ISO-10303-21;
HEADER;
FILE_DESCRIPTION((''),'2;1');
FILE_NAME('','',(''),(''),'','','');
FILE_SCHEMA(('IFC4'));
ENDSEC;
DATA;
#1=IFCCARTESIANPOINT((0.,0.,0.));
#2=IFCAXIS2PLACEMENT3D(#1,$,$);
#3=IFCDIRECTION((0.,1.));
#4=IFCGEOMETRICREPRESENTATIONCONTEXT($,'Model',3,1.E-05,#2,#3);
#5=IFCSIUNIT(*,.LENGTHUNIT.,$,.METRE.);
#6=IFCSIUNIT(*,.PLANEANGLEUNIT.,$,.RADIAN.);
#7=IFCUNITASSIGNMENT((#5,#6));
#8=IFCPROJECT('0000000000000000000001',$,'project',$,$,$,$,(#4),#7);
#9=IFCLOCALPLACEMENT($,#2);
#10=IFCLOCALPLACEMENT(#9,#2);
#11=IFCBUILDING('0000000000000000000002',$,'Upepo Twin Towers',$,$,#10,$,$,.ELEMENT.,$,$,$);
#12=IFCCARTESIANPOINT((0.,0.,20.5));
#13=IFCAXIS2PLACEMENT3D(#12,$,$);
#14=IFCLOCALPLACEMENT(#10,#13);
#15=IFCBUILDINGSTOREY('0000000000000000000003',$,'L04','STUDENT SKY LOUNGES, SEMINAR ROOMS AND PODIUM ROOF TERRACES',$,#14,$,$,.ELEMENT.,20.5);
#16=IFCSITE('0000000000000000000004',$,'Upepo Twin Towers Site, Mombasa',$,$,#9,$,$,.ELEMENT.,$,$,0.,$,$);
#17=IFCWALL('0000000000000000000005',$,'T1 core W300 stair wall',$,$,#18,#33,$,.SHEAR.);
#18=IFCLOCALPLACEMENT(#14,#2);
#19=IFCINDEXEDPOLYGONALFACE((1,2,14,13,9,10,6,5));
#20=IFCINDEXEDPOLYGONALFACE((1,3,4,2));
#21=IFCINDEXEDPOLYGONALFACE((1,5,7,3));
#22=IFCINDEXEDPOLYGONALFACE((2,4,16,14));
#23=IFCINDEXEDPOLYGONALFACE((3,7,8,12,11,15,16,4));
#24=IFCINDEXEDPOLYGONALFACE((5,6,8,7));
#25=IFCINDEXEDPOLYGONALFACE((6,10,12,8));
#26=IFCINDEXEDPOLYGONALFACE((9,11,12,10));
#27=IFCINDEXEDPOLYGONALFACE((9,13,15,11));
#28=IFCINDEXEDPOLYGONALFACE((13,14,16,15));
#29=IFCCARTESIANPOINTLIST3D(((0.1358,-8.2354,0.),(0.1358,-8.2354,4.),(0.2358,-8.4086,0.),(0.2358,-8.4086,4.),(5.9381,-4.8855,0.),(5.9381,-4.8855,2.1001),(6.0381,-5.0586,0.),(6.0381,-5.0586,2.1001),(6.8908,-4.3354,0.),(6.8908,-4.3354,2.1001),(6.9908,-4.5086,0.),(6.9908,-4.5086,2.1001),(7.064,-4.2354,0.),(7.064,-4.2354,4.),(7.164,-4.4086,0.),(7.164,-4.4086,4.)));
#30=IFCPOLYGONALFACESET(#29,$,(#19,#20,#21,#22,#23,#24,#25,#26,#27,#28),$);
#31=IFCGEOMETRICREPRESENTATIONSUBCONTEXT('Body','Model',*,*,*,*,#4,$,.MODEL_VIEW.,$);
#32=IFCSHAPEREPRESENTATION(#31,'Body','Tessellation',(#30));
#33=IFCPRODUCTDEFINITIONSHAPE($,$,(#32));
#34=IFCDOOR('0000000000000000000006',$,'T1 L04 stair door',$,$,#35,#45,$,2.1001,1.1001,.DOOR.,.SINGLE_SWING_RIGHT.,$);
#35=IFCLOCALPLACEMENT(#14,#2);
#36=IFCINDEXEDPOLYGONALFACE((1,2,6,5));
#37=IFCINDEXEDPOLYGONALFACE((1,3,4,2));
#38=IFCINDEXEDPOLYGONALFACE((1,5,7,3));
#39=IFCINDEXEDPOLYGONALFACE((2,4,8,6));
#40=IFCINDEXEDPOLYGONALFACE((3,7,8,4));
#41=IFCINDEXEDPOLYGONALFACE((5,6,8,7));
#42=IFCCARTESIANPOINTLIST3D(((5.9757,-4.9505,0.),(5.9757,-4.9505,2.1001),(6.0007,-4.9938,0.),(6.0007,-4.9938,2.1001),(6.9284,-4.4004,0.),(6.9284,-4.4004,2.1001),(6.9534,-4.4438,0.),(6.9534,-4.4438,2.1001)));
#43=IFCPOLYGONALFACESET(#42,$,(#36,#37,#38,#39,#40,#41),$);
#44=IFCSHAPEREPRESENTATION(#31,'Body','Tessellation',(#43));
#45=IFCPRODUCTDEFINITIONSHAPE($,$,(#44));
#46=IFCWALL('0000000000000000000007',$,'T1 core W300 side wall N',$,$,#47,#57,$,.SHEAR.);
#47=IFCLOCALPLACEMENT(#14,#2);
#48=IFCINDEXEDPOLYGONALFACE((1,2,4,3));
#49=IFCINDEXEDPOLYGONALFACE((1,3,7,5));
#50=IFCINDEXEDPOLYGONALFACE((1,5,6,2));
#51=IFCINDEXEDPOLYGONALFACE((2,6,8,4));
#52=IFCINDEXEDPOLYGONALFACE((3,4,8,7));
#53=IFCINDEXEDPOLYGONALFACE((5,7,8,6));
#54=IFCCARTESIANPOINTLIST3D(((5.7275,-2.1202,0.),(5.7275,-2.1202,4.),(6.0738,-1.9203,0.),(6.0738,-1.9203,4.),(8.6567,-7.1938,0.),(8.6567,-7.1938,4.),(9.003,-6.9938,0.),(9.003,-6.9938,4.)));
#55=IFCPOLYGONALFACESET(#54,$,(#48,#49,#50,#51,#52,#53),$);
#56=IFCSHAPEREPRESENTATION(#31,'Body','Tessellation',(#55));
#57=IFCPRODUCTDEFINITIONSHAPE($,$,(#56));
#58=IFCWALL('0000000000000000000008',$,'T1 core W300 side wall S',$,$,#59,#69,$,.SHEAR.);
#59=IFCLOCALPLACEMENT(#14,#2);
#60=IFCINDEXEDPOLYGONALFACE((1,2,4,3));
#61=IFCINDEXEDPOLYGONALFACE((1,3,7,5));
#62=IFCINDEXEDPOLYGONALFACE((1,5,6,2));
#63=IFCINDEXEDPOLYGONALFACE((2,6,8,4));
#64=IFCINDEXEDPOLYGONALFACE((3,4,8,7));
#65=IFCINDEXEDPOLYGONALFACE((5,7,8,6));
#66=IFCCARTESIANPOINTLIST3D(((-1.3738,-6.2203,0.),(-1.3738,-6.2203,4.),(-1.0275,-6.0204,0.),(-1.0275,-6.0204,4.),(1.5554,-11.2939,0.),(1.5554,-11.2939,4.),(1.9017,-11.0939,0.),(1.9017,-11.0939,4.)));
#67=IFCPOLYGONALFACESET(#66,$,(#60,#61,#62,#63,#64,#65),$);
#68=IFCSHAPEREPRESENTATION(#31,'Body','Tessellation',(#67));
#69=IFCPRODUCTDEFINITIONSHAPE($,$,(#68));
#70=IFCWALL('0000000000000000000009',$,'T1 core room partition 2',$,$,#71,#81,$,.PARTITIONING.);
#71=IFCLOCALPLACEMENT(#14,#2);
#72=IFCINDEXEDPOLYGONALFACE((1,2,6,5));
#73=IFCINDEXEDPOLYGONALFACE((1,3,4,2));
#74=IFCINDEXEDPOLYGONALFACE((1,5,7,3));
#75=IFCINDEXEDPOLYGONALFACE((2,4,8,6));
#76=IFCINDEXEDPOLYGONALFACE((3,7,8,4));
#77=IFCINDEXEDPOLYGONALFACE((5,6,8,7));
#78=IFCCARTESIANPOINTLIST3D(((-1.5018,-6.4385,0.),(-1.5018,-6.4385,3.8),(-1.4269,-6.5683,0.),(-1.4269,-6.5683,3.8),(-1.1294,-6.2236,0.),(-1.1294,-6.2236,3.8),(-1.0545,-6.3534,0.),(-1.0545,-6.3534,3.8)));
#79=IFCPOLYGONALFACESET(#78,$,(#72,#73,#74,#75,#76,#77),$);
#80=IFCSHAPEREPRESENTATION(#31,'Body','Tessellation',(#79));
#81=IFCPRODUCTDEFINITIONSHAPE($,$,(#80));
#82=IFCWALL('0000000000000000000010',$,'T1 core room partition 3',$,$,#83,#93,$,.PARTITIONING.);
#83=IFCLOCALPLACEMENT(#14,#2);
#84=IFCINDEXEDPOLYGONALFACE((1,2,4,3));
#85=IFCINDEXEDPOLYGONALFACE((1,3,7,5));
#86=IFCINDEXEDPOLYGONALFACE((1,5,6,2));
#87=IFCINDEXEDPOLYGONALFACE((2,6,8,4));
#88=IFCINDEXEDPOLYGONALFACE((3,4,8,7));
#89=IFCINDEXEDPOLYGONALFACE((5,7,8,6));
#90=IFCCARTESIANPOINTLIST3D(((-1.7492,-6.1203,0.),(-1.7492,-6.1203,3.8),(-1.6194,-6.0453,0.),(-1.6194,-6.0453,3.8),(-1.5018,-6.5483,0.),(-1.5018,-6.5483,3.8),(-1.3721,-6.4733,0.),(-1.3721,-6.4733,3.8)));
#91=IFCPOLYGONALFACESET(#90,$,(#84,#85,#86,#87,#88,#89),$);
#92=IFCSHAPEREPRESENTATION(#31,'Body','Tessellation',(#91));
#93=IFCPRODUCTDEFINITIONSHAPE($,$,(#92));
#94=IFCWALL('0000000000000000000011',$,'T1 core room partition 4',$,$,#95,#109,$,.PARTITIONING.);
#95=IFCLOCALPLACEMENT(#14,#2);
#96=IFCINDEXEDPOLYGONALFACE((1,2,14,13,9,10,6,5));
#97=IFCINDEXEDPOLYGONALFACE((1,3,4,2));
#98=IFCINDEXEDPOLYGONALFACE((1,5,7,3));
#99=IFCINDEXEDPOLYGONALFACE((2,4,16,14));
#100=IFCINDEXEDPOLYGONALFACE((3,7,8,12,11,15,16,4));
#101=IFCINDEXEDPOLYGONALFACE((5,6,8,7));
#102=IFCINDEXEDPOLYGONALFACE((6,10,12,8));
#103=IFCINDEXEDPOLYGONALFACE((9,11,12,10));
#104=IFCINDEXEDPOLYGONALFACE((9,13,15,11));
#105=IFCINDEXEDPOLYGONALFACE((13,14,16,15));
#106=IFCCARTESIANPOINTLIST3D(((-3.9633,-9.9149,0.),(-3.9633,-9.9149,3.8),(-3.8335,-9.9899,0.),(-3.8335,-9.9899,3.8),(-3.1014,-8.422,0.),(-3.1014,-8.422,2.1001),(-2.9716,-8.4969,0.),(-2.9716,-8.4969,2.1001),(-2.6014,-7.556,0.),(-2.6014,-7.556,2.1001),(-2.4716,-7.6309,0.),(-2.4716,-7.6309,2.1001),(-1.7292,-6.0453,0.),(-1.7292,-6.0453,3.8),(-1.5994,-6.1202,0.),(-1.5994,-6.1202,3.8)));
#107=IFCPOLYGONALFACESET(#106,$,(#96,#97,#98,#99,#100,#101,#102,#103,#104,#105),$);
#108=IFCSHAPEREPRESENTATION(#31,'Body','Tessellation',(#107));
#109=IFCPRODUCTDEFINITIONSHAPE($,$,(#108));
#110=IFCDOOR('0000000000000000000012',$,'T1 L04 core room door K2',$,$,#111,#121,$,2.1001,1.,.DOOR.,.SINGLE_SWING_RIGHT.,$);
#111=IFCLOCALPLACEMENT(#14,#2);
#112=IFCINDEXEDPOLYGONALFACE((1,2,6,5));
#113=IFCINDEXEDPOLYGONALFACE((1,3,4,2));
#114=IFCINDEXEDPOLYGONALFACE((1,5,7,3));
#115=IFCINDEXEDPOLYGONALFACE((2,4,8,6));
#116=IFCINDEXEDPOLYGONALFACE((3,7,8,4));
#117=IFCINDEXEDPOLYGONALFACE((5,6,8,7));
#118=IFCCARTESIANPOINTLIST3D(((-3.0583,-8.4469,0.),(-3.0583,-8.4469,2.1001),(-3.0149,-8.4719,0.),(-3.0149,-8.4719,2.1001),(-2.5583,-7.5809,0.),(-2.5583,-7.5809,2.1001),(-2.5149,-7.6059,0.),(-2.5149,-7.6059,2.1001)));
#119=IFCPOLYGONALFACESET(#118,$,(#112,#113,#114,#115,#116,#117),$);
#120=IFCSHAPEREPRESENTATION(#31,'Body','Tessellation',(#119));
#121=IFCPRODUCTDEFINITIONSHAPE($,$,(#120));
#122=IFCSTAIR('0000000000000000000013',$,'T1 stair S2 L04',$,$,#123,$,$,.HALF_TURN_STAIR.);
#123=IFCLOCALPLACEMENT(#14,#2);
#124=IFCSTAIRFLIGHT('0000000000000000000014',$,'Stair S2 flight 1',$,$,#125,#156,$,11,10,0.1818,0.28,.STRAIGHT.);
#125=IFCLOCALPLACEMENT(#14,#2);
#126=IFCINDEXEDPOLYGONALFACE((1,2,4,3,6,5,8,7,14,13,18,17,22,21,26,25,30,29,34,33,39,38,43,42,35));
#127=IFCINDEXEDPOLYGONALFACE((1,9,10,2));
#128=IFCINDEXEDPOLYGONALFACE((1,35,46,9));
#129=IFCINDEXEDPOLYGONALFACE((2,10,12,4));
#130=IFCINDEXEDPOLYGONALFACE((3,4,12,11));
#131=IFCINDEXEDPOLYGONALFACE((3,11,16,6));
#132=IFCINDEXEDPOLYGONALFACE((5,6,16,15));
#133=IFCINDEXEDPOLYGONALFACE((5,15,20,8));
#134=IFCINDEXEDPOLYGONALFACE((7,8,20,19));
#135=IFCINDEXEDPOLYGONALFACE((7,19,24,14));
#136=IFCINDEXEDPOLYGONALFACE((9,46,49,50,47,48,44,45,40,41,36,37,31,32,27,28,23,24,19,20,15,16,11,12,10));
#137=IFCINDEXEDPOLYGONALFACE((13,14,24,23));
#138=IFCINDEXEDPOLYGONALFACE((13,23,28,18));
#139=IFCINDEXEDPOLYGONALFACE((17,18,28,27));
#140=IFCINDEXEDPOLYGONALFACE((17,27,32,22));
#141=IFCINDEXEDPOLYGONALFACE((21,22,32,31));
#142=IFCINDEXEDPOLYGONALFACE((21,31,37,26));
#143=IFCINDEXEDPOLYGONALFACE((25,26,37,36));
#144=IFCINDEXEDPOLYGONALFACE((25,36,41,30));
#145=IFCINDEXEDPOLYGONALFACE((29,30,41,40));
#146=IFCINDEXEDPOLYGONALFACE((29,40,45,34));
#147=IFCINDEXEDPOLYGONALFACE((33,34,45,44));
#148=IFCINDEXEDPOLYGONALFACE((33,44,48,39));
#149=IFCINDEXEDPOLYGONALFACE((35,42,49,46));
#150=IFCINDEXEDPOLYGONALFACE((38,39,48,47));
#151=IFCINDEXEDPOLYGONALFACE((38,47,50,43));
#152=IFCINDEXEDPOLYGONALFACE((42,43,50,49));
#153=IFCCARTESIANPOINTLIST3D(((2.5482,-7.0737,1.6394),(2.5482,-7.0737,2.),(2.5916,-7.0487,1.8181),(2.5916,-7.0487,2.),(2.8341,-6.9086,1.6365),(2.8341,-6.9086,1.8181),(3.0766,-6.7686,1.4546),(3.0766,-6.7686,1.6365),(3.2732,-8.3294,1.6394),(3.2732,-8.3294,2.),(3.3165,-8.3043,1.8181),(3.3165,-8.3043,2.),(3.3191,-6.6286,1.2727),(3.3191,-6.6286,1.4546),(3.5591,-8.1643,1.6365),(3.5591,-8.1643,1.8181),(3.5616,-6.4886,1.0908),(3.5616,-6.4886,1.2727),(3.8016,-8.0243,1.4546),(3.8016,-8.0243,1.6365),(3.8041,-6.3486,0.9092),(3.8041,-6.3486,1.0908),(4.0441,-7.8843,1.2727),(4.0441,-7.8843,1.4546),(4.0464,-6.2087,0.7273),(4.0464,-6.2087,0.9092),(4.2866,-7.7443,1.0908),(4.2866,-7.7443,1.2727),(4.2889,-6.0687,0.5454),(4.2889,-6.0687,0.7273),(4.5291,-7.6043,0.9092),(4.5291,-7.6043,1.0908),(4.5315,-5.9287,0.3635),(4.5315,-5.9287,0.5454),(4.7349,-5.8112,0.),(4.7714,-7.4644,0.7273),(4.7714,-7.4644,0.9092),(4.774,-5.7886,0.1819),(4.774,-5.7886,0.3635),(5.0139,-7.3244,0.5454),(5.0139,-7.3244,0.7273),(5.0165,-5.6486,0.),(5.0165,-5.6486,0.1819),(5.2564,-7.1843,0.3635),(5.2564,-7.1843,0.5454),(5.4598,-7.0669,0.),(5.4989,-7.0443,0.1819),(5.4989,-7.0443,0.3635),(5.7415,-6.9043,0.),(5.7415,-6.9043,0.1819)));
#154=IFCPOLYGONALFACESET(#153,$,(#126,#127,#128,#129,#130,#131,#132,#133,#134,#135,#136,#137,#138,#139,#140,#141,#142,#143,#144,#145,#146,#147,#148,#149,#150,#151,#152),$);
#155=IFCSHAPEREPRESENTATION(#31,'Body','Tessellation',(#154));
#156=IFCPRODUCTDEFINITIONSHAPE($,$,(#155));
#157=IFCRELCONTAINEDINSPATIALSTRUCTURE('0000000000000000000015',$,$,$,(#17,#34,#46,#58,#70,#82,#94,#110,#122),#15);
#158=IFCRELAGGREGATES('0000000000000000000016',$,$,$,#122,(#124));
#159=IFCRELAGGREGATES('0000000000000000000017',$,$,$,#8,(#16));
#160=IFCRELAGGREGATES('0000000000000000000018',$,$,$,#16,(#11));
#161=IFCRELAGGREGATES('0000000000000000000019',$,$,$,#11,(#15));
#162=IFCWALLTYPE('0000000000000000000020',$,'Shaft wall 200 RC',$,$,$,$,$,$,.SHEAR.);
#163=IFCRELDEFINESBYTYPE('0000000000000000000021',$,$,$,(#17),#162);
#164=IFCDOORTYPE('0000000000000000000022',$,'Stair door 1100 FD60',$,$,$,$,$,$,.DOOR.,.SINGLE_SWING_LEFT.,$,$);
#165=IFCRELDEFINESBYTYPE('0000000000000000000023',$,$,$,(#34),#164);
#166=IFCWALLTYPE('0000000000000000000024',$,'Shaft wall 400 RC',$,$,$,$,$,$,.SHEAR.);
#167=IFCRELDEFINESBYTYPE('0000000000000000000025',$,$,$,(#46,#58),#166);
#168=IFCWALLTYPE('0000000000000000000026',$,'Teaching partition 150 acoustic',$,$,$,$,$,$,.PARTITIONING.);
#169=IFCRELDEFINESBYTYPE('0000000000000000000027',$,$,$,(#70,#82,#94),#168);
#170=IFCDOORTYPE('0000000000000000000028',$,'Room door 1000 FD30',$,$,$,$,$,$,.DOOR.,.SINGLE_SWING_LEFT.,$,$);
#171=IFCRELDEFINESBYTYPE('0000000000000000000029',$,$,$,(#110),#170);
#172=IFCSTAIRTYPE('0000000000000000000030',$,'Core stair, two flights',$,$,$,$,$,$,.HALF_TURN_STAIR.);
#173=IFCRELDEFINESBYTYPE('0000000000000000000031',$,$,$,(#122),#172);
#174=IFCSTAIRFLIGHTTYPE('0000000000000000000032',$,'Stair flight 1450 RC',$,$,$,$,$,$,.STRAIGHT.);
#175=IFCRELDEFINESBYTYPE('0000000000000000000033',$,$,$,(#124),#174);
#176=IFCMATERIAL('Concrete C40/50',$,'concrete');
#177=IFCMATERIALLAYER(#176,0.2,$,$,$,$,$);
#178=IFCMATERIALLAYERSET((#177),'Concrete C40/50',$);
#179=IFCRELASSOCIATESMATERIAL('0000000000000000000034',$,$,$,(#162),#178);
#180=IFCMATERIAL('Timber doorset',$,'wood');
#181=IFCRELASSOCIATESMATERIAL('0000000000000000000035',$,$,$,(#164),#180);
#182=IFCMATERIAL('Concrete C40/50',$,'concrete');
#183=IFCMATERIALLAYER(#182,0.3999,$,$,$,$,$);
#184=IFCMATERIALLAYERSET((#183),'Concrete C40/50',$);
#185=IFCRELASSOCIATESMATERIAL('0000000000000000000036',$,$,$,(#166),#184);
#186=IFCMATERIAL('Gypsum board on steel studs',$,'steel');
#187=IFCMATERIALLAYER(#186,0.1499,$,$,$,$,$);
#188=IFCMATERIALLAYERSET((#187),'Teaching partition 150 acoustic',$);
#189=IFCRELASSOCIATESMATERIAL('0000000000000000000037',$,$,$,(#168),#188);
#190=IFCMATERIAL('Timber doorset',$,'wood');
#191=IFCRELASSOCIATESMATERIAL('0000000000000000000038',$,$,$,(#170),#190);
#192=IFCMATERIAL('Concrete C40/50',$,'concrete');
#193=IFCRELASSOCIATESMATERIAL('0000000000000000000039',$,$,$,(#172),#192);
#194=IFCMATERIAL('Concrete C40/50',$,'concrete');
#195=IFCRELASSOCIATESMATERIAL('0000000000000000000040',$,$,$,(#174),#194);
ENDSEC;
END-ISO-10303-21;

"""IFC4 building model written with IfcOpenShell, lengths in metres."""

from ifc_helpers import new_model, si_unit, direction, frame, frame_2d, origin, place, context, subcontext, project, spatial, polyline, rectangle, outline, extrude, material, layer, layer_set, type_object, element, fill, aggregate, save


model = new_model("IFC4")

# Units and contexts
model_context = context("Model", 3, precision=1e-05, world=origin(), true_north=direction((0.0, 1.0)))
body_context = subcontext(model_context, "Body", "Model", "MODEL_VIEW")
ifc_project = project(units=[si_unit("LENGTHUNIT", "METRE"), si_unit("PLANEANGLEUNIT", "RADIAN")], contexts=[model_context])

# Site, building, storey
site_placement = place(None, origin())
site = spatial("IfcSite", under=ifc_project, at=site_placement, Name="Upepo Twin Towers Site, Mombasa", CompositionType="ELEMENT", RefElevation=0.0)
building_placement = place(site_placement, origin())
building = spatial("IfcBuilding", under=site, at=building_placement, Name="Upepo Twin Towers", CompositionType="ELEMENT")
storey_placement = place(building_placement, frame((0.0, 0.0, 20.5)))
storey = spatial("IfcBuildingStorey", under=building, at=storey_placement, Name="L04", Description="STUDENT SKY LOUNGES, SEMINAR ROOMS AND PODIUM ROOF TERRACES", CompositionType="ELEMENT", Elevation=20.5)

# Shared definitions
ifc_material_1 = material(Name="Concrete C40/50", Category="concrete")
ifc_layer_1 = layer(ifc_material_1, 0.2)
ifc_layer_set_1 = layer_set([ifc_layer_1], Name="Concrete C40/50")
wall_type_1 = type_object("IfcWallType", Name="Shaft wall 200 RC", PredefinedType="SHEAR", material=ifc_layer_set_1)

# Wall, opening, door
wall_1_placement = place(storey_placement, frame((0.1858, -8.322, 0.0), z_axis=(0.0, 0.0, 1.0), x_axis=(0.866026, 0.499999, 0.0)))
wall_1 = element("IfcWall", 1, at=wall_1_placement, inside=storey, type_object=wall_type_1, Name="T1 core W300 stair wall", PredefinedType="SHEAR", context=body_context, shape_type="SweptSolid", body=[
    extrude(rectangle(XDim=8.0, YDim=0.2, at=frame_2d((4.0, 0.0))), origin(), (0.0, 0.0, 1.0), 4.0),
])
opening_1_placement = place(wall_1_placement, frame((6.7, 0.0, 0.0)))
opening_1 = element("IfcOpeningElement", 2, at=opening_1_placement, cuts=wall_1, PredefinedType="OPENING", context=body_context, shape_type="SweptSolid", body=[
    extrude(rectangle(XDim=1.1001, YDim=2.1001, at=frame_2d((0.55, 1.05))), frame((0.0, 0.1099, 0.0), z_axis=(0.0, -1.0, 0.0), x_axis=(1.0, 0.0, 0.0)), (0.0, 0.0, 1.0), 0.22),
])
ifc_material_2 = material(Name="Timber doorset", Category="wood")
door_type_1 = type_object("IfcDoorType", Name="Stair door 1100 FD60", OperationType="SINGLE_SWING_LEFT", PredefinedType="DOOR", material=ifc_material_2)
door_1_placement = place(opening_1_placement, origin())
door_1 = element("IfcDoor", 3, at=door_1_placement, inside=storey, type_object=door_type_1, Name="T1 L04 stair door", OperationType="SINGLE_SWING_RIGHT", OverallHeight=2.1001, OverallWidth=1.1001, PredefinedType="DOOR", context=body_context, shape_type="SweptSolid", body=[
    extrude(rectangle(XDim=1.1001, YDim=2.1001, at=frame_2d((0.55, 1.05))), frame((0.0, 0.0249, 0.0), z_axis=(0.0, -1.0, 0.0), x_axis=(1.0, 0.0, 0.0)), (0.0, 0.0, 1.0), 0.05),
])
fill(opening_1, door_1)

# Walls
ifc_material_3 = material(Name="Concrete C40/50", Category="concrete")
ifc_layer_2 = layer(ifc_material_3, 0.3999)
ifc_layer_set_2 = layer_set([ifc_layer_2], Name="Concrete C40/50")
wall_type_2 = type_object("IfcWallType", Name="Shaft wall 400 RC", PredefinedType="SHEAR", material=ifc_layer_set_2)
for number, where, z_axis, x_axis, name in (
    (4, (5.9006, -2.0203, 0.0), (0.0, 0.0, 1.0), (0.500003, -0.866024, 0.0), "T1 core W300 side wall N"),
    (5, (-1.2007, -6.1204, 0.0), (0.0, 0.0, 1.0), (0.500003, -0.866024, 0.0), "T1 core W300 side wall S"),
):
    element("IfcWall", number, at=place(storey_placement, frame(where, z_axis=z_axis, x_axis=x_axis)), inside=storey, type_object=wall_type_2, Name=name, PredefinedType="SHEAR", context=body_context, shape_type="SweptSolid", body=[
        extrude(rectangle(XDim=5.8584, YDim=0.3999, at=frame_2d((2.9292, 0.0))), origin(), (0.0, 0.0, 1.0), 4.0),
    ])
ifc_material_4 = material(Name="Gypsum board on steel studs", Category="steel")
ifc_layer_3 = layer(ifc_material_4, 0.1499)
ifc_layer_set_3 = layer_set([ifc_layer_3], Name="Teaching partition 150 acoustic")
wall_type_3 = type_object("IfcWallType", Name="Teaching partition 150 acoustic", PredefinedType="PARTITIONING", material=ifc_layer_set_3)
wall_2_placement = place(storey_placement, frame((-1.092, -6.2886, 0.0), z_axis=(0.0, 0.0, 1.0), x_axis=(-0.866138, -0.499804, 0.0)))
element("IfcWall", 6, at=wall_2_placement, inside=storey, type_object=wall_type_3, Name="T1 core room partition 2", PredefinedType="PARTITIONING", context=body_context, shape_type="SweptSolid", body=[
    extrude(rectangle(XDim=0.4299, YDim=0.1499, at=frame_2d((0.2148, 0.0))), origin(), (0.0, 0.0, 1.0), 3.8),
])
wall_3_placement = place(storey_placement, frame((-1.437, -6.5107, 0.0), z_axis=(0.0, 0.0, 1.0), x_axis=(-0.500335, 0.865832, 0.0)))
element("IfcWall", 7, at=wall_3_placement, inside=storey, type_object=wall_type_3, Name="T1 core room partition 3", PredefinedType="PARTITIONING", context=body_context, shape_type="SweptSolid", body=[
    extrude(rectangle(XDim=0.4944, YDim=0.1499, at=frame_2d((0.2471, 0.0))), origin(), (0.0, 0.0, 1.0), 3.8),
])

# Wall, opening, door
wall_4_placement = place(storey_placement, frame((-1.6643, -6.0828, 0.0), z_axis=(0.0, 0.0, 1.0), x_axis=(-0.5, -0.866025, 0.0)))
wall_4 = element("IfcWall", 8, at=wall_4_placement, inside=storey, type_object=wall_type_3, Name="T1 core room partition 4", PredefinedType="PARTITIONING", context=body_context, shape_type="SweptSolid", body=[
    extrude(rectangle(XDim=4.4683, YDim=0.1499, at=frame_2d((2.2341, 0.0))), origin(), (0.0, 0.0, 1.0), 3.8),
])
opening_2_placement = place(wall_4_placement, frame((1.7444, 0.0, 0.0)))
opening_2 = element("IfcOpeningElement", 9, at=opening_2_placement, cuts=wall_4, PredefinedType="OPENING", context=body_context, shape_type="SweptSolid", body=[
    extrude(rectangle(XDim=1.0, YDim=2.1001, at=frame_2d((0.5, 1.05))), frame((0.0, 0.085, 0.0), z_axis=(0.0, -1.0, 0.0), x_axis=(1.0, 0.0, 0.0)), (0.0, 0.0, 1.0), 0.1699),
])
ifc_material_5 = material(Name="Timber doorset", Category="wood")
door_type_2 = type_object("IfcDoorType", Name="Room door 1000 FD30", OperationType="SINGLE_SWING_LEFT", PredefinedType="DOOR", material=ifc_material_5)
door_2_placement = place(opening_2_placement, origin())
door_2 = element("IfcDoor", 10, at=door_2_placement, inside=storey, type_object=door_type_2, Name="T1 L04 core room door K2", OperationType="SINGLE_SWING_RIGHT", OverallHeight=2.1001, OverallWidth=1.0, PredefinedType="DOOR", context=body_context, shape_type="SweptSolid", body=[
    extrude(rectangle(XDim=1.0, YDim=2.1001, at=frame_2d((0.5, 1.05))), frame((0.0, 0.0249, 0.0), z_axis=(0.0, -1.0, 0.0), x_axis=(1.0, 0.0, 0.0)), (0.0, 0.0, 1.0), 0.05),
])
fill(opening_2, door_2)

# Stair, stair flight
ifc_material_6 = material(Name="Concrete C40/50", Category="concrete")
stair_type = type_object("IfcStairType", Name="Core stair, two flights", PredefinedType="HALF_TURN_STAIR", material=ifc_material_6)
stair_placement = place(storey_placement, origin())
stair = element("IfcStair", 11, at=stair_placement, inside=storey, type_object=stair_type, Name="T1 stair S2 L04", PredefinedType="HALF_TURN_STAIR")
ifc_material_7 = material(Name="Concrete C40/50", Category="concrete")
stair_flight_type = type_object("IfcStairFlightType", Name="Stair flight 1450 RC", PredefinedType="STRAIGHT", material=ifc_material_7)
stair_flight_placement = place(storey_placement, frame((5.3789, -6.2764, 0.0), z_axis=(0.0, 0.0, 1.0), x_axis=(-0.866025, -0.5, 0.0)))
stair_flight = element("IfcStairFlight", 12, at=stair_flight_placement, type_object=stair_flight_type, Name="Stair S2 flight 1", NumberOfRisers=11, NumberOfTreads=10, PredefinedType="STRAIGHT", RiserHeight=0.1818, TreadLength=0.28, context=body_context, shape_type="SweptSolid", body=[
    extrude(outline(polyline([(0.0, 0.0), (0.0, 0.1819), (0.28, 0.1819), (0.28, 0.3635), (0.5601, 0.3635), (0.5601, 0.5454), (0.8401, 0.5454), (0.8401, 0.7273), (1.1201, 0.7273), (1.1201, 0.9092), (1.3999, 0.9092), (1.3999, 1.0908), (1.6799, 1.0908), (1.6799, 1.2727), (1.96, 1.2727), (1.96, 1.4546), (2.24, 1.4546), (2.24, 1.6365), (2.52, 1.6365), (2.52, 1.8181), (2.8, 1.8181), (2.8, 2.0), (2.8501, 2.0), (2.8501, 1.6394), (0.3252, 0.0), (0.0, 0.0)])), frame((0.0, 0.7251, 0.0), z_axis=(0.0, -1.0, 0.0), x_axis=(1.0, 0.0, 0.0)), (0.0, 0.0, 1.0), 1.45),
])
aggregate(stair, [stair_flight])

save(model, "model.ifc")
